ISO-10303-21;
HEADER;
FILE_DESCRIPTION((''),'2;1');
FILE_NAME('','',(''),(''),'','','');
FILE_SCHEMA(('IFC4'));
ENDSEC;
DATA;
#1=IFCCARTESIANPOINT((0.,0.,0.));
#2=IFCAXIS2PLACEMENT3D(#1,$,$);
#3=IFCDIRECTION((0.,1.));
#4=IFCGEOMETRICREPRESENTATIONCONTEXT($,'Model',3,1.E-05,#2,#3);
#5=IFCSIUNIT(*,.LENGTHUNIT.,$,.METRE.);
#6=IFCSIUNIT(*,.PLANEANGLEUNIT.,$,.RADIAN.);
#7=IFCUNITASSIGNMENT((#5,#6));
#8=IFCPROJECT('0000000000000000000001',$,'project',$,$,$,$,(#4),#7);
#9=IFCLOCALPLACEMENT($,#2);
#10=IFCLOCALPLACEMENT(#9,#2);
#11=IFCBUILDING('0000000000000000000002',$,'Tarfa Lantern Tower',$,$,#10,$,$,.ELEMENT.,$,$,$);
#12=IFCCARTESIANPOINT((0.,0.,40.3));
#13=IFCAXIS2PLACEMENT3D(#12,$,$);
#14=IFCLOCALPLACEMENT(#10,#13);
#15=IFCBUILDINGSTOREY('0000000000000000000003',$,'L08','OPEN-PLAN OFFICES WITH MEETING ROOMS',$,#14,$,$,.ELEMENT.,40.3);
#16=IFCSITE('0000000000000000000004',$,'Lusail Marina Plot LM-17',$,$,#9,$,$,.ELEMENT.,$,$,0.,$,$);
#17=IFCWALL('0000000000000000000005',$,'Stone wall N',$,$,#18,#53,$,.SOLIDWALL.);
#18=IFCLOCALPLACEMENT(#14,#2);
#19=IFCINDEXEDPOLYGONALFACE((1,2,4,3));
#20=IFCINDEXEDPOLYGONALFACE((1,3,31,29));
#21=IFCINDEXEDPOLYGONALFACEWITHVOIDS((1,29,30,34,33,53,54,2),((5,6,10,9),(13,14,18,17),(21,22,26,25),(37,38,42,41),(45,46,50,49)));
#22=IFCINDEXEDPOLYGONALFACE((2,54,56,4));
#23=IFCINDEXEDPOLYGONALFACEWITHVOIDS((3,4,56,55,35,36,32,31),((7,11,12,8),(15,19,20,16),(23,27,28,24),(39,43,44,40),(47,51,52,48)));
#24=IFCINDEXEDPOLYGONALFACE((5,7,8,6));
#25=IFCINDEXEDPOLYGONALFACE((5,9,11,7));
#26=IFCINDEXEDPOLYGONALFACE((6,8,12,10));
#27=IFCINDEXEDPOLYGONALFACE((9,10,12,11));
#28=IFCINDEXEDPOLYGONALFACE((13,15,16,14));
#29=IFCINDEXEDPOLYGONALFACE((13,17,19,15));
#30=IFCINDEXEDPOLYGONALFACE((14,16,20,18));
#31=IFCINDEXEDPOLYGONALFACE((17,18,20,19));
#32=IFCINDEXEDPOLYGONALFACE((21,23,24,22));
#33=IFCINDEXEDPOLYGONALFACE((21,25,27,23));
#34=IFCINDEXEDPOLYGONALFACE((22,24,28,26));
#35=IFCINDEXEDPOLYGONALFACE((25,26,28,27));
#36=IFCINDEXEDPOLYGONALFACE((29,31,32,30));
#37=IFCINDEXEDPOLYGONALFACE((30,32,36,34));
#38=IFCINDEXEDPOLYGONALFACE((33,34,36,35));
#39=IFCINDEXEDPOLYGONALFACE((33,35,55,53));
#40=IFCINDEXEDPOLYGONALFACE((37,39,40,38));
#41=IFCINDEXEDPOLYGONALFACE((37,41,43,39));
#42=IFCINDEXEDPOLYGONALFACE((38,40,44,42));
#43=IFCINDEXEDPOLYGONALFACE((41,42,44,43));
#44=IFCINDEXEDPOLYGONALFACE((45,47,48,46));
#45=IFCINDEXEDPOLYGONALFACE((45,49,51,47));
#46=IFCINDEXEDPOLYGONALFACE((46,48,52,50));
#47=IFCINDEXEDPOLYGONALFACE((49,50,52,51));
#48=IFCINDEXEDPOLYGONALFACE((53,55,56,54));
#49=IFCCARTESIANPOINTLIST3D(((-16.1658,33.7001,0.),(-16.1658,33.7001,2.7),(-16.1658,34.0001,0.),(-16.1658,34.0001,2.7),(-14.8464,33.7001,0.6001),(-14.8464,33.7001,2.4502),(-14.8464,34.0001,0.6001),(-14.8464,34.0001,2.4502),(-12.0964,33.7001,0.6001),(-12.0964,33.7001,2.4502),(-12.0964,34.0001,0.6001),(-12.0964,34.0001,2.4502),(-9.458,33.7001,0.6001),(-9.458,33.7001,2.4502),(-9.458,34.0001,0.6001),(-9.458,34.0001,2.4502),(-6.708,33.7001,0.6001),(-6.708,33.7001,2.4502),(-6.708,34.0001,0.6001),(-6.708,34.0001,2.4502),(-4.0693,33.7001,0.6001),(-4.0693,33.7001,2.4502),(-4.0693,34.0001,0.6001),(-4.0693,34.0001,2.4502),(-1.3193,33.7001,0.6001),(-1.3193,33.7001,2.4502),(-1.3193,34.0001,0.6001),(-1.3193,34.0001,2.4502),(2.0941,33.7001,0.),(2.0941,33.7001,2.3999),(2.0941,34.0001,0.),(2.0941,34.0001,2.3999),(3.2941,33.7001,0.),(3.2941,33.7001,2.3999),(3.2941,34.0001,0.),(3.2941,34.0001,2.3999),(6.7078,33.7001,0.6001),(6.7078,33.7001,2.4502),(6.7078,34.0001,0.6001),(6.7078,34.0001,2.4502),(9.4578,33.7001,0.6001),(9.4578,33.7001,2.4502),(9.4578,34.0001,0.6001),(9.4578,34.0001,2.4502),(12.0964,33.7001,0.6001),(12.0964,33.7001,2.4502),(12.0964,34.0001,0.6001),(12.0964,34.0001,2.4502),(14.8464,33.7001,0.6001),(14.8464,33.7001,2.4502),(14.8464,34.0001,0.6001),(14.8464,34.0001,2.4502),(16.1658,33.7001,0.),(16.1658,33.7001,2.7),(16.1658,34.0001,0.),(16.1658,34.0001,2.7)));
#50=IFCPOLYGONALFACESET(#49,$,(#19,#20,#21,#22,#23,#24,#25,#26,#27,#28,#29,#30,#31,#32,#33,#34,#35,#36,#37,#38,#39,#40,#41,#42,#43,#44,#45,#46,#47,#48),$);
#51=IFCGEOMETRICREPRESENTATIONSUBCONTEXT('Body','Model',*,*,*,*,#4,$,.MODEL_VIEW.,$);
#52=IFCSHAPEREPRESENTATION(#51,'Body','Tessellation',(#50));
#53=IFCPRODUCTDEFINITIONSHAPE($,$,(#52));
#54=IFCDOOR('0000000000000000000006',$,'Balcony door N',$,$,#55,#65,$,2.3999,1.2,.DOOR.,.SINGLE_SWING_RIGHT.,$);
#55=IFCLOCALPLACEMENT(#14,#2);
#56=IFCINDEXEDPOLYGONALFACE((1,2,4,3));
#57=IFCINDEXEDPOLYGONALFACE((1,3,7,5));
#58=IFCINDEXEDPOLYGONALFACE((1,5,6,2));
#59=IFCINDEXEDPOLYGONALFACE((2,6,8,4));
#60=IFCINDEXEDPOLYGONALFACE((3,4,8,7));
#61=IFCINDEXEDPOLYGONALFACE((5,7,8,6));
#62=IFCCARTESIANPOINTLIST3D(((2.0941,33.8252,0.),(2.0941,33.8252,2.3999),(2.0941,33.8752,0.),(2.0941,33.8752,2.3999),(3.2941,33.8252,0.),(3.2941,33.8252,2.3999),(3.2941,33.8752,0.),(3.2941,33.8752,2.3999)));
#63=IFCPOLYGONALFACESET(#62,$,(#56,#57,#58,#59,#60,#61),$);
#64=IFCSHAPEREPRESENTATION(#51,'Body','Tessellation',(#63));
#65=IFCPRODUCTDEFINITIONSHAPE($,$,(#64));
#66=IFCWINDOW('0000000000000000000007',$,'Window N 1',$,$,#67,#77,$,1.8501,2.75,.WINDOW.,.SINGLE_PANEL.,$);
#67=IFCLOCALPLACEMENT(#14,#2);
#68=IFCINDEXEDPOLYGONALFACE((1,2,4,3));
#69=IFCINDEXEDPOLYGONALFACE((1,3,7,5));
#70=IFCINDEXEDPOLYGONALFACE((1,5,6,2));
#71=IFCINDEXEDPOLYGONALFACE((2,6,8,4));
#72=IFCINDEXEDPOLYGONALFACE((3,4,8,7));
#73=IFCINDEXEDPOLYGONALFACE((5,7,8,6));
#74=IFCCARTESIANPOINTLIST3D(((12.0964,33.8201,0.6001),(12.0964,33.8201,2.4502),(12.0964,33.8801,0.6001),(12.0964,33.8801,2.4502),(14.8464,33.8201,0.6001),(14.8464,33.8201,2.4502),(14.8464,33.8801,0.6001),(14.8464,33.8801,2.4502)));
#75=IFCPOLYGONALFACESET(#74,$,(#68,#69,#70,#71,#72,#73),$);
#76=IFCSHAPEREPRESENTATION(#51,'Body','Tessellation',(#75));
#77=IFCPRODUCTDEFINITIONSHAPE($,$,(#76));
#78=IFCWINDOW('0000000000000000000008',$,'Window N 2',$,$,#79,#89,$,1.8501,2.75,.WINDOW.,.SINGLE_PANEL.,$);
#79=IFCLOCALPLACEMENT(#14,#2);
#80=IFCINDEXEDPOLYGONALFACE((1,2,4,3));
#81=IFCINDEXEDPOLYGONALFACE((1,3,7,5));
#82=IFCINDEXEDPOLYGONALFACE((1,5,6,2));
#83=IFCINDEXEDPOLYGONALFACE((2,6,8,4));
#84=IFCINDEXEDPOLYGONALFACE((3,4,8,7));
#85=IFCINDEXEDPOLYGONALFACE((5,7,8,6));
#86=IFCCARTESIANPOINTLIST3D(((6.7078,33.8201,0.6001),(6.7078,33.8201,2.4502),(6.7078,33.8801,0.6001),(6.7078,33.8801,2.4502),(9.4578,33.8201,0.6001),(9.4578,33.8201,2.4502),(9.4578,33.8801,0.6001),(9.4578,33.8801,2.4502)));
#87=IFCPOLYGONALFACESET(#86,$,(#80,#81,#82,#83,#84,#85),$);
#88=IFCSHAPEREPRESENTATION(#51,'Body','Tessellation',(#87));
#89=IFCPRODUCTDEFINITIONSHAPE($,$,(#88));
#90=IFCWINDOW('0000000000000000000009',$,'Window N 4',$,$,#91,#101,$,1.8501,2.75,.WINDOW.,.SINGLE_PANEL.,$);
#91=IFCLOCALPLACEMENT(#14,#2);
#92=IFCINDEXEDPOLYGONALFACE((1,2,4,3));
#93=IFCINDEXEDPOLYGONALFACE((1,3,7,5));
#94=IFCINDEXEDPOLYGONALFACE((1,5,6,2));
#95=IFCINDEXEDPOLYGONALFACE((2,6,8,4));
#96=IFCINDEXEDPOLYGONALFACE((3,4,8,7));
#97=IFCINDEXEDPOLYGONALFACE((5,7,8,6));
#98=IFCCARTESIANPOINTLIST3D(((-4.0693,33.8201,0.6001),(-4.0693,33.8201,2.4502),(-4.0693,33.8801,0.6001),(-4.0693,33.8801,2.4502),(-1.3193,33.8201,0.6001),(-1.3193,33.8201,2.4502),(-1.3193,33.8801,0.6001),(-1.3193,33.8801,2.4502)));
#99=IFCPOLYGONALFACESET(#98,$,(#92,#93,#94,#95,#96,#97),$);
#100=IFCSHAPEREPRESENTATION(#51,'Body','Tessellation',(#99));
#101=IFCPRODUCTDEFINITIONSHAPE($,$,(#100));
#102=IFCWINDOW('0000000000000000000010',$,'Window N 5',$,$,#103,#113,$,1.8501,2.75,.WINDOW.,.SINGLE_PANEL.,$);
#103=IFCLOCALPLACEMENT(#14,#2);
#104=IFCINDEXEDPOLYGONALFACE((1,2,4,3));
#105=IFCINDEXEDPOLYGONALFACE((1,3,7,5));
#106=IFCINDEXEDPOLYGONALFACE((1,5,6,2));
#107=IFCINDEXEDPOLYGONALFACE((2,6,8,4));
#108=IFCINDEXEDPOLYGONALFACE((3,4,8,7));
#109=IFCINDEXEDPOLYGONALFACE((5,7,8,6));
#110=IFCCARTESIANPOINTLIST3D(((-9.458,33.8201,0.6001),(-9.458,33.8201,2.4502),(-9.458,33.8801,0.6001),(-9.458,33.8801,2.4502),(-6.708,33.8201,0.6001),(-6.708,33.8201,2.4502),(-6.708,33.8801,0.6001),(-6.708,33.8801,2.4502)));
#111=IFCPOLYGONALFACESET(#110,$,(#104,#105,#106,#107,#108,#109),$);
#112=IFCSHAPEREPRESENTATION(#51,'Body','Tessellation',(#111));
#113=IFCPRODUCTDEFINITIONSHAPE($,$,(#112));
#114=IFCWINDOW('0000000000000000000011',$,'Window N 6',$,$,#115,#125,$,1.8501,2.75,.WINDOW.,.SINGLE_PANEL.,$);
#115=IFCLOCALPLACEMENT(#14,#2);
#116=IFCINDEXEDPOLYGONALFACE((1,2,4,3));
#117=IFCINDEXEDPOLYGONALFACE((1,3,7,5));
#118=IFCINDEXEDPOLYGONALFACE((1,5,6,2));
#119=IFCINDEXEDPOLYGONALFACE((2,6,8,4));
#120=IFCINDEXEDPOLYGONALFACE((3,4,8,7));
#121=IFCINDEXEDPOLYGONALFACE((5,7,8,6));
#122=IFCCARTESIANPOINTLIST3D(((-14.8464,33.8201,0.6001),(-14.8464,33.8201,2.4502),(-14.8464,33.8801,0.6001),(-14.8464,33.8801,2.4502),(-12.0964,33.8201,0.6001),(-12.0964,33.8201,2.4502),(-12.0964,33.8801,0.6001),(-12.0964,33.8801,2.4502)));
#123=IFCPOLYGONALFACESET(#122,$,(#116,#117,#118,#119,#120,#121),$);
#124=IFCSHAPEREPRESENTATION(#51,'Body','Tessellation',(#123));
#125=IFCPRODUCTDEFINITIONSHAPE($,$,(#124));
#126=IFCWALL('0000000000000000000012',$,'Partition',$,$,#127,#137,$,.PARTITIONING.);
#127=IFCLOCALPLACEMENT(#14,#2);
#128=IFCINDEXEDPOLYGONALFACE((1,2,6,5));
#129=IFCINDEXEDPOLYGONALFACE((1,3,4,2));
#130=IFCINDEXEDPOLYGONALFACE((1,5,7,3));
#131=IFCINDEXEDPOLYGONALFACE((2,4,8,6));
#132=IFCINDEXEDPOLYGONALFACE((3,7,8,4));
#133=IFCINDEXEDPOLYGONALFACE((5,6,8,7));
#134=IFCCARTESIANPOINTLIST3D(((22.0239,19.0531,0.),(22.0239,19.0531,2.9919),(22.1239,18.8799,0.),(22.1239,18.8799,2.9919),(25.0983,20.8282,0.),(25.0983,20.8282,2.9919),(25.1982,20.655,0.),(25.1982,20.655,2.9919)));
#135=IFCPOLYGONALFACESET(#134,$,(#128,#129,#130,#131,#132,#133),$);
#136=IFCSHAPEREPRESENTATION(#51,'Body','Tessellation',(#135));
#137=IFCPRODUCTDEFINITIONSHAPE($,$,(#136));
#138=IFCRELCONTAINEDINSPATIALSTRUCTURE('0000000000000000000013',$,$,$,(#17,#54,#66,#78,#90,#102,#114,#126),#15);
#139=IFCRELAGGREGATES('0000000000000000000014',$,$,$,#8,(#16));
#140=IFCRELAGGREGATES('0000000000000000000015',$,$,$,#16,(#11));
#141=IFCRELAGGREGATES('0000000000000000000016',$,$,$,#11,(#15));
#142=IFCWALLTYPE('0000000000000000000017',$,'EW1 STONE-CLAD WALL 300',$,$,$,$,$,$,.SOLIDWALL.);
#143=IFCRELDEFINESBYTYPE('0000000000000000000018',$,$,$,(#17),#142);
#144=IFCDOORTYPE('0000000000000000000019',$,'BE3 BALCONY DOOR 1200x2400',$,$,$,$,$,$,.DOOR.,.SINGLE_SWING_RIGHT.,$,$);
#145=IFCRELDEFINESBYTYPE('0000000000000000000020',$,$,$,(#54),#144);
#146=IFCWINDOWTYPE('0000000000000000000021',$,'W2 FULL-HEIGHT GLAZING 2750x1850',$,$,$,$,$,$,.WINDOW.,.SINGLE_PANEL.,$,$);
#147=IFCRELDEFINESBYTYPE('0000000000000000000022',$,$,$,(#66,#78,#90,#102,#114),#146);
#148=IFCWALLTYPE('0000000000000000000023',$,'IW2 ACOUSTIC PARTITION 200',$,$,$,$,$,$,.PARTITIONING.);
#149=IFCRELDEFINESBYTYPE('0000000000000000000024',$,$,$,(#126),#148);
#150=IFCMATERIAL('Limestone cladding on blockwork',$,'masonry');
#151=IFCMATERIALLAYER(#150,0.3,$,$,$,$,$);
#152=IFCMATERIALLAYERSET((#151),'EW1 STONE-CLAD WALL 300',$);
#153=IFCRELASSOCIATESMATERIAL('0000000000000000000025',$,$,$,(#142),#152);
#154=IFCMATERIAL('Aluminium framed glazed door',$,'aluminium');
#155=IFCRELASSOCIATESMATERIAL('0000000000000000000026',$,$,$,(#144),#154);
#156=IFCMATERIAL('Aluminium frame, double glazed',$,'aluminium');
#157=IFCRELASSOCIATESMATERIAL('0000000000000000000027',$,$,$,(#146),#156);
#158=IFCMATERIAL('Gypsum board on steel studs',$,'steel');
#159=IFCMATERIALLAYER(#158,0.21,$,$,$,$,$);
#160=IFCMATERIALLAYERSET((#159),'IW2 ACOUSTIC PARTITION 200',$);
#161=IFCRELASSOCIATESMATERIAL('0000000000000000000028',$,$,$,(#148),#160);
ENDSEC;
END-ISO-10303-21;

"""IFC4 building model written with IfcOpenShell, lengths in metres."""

from ifc_helpers import new_model, si_unit, direction, frame, frame_2d, origin, place, context, subcontext, project, spatial, rectangle, extrude, material, layer, layer_set, type_object, element, fill, save


model = new_model("IFC4")

# Units and contexts
model_context = context("Model", 3, precision=1e-05, world=origin(), true_north=direction((0.0, 1.0)))
body_context = subcontext(model_context, "Body", "Model", "MODEL_VIEW")
ifc_project = project(units=[si_unit("LENGTHUNIT", "METRE"), si_unit("PLANEANGLEUNIT", "RADIAN")], contexts=[model_context])

# Site, building, storey
site_placement = place(None, origin())
site = spatial("IfcSite", under=ifc_project, at=site_placement, Name="Lusail Marina Plot LM-17", CompositionType="ELEMENT", RefElevation=0.0)
building_placement = place(site_placement, origin())
building = spatial("IfcBuilding", under=site, at=building_placement, Name="Tarfa Lantern Tower", CompositionType="ELEMENT")
storey_placement = place(building_placement, frame((0.0, 0.0, 40.3)))
storey = spatial("IfcBuildingStorey", under=building, at=storey_placement, Name="L08", Description="OPEN-PLAN OFFICES WITH MEETING ROOMS", CompositionType="ELEMENT", Elevation=40.3)

# Wall, openings, door, windows
ifc_material_1 = material(Name="Limestone cladding on blockwork", Category="masonry")
ifc_layer_1 = layer(ifc_material_1, 0.3)
ifc_layer_set_1 = layer_set([ifc_layer_1], Name="EW1 STONE-CLAD WALL 300")
wall_type_1 = type_object("IfcWallType", Name="EW1 STONE-CLAD WALL 300", PredefinedType="SOLIDWALL", material=ifc_layer_set_1)
wall_1_placement = place(storey_placement, frame((16.1658, 33.8501, 0.0), z_axis=(0.0, 0.0, 1.0), x_axis=(-1.0, 0.0, 0.0)))
wall_1 = element("IfcWall", 1, at=wall_1_placement, inside=storey, type_object=wall_type_1, Name="Stone wall N", PredefinedType="SOLIDWALL", context=body_context, shape_type="SweptSolid", body=[
    extrude(rectangle(XDim=32.3315, YDim=0.3, at=frame_2d((16.1658, 0.0))), origin(), (0.0, 0.0, 1.0), 2.7),
])
opening_1_placement = place(wall_1_placement, frame((1.3193, 0.0, 0.6001)))
opening_1 = element("IfcOpeningElement", 2, at=opening_1_placement, cuts=wall_1, PredefinedType="OPENING", context=body_context, shape_type="SweptSolid", body=[
    extrude(rectangle(XDim=2.75, YDim=1.8501, at=frame_2d((1.375, 0.925))), frame((0.0, 0.1599, 0.0), z_axis=(0.0, -1.0, 0.0), x_axis=(1.0, 0.0, 0.0)), (0.0, 0.0, 1.0), 0.3201),
])
opening_2_placement = place(wall_1_placement, frame((6.708, 0.0, 0.6001)))
opening_2 = element("IfcOpeningElement", 3, at=opening_2_placement, cuts=wall_1, PredefinedType="OPENING", context=body_context, shape_type="SweptSolid", body=[
    extrude(rectangle(XDim=2.75, YDim=1.8501, at=frame_2d((1.375, 0.925))), frame((0.0, 0.1599, 0.0), z_axis=(0.0, -1.0, 0.0), x_axis=(1.0, 0.0, 0.0)), (0.0, 0.0, 1.0), 0.3201),
])
opening_3_placement = place(wall_1_placement, frame((12.8716, 0.0, 0.0)))
opening_3 = element("IfcOpeningElement", 4, at=opening_3_placement, cuts=wall_1, PredefinedType="OPENING", context=body_context, shape_type="SweptSolid", body=[
    extrude(rectangle(XDim=1.2, YDim=2.3999, at=frame_2d((0.6001, 1.2))), frame((0.0, 0.1599, 0.0), z_axis=(0.0, -1.0, 0.0), x_axis=(1.0, 0.0, 0.0)), (0.0, 0.0, 1.0), 0.3201),
])
opening_4_placement = place(wall_1_placement, frame((17.4851, 0.0, 0.6001)))
opening_4 = element("IfcOpeningElement", 5, at=opening_4_placement, cuts=wall_1, PredefinedType="OPENING", context=body_context, shape_type="SweptSolid", body=[
    extrude(rectangle(XDim=2.75, YDim=1.8501, at=frame_2d((1.375, 0.925))), frame((0.0, 0.1599, 0.0), z_axis=(0.0, -1.0, 0.0), x_axis=(1.0, 0.0, 0.0)), (0.0, 0.0, 1.0), 0.3201),
])
opening_5_placement = place(wall_1_placement, frame((22.8738, 0.0, 0.6001)))
opening_5 = element("IfcOpeningElement", 6, at=opening_5_placement, cuts=wall_1, PredefinedType="OPENING", context=body_context, shape_type="SweptSolid", body=[
    extrude(rectangle(XDim=2.75, YDim=1.8501, at=frame_2d((1.375, 0.925))), frame((0.0, 0.1599, 0.0), z_axis=(0.0, -1.0, 0.0), x_axis=(1.0, 0.0, 0.0)), (0.0, 0.0, 1.0), 0.3201),
])
opening_6_placement = place(wall_1_placement, frame((28.2622, 0.0, 0.6001)))
opening_6 = element("IfcOpeningElement", 7, at=opening_6_placement, cuts=wall_1, PredefinedType="OPENING", context=body_context, shape_type="SweptSolid", body=[
    extrude(rectangle(XDim=2.75, YDim=1.8501, at=frame_2d((1.375, 0.925))), frame((0.0, 0.1599, 0.0), z_axis=(0.0, -1.0, 0.0), x_axis=(1.0, 0.0, 0.0)), (0.0, 0.0, 1.0), 0.3201),
])
ifc_material_2 = material(Name="Aluminium framed glazed door", Category="aluminium")
door_type = type_object("IfcDoorType", Name="BE3 BALCONY DOOR 1200x2400", OperationType="SINGLE_SWING_RIGHT", PredefinedType="DOOR", material=ifc_material_2)
door_placement = place(opening_3_placement, origin())
door = element("IfcDoor", 8, at=door_placement, inside=storey, type_object=door_type, Name="Balcony door N", OperationType="SINGLE_SWING_RIGHT", OverallHeight=2.3999, OverallWidth=1.2, PredefinedType="DOOR", context=body_context, shape_type="SweptSolid", body=[
    extrude(rectangle(XDim=1.2, YDim=2.3999, at=frame_2d((0.6001, 1.2))), frame((0.0, 0.0249, 0.0), z_axis=(0.0, -1.0, 0.0), x_axis=(1.0, 0.0, 0.0)), (0.0, 0.0, 1.0), 0.05),
])
fill(opening_3, door)
ifc_material_3 = material(Name="Aluminium frame, double glazed", Category="aluminium")
window_type = type_object("IfcWindowType", Name="W2 FULL-HEIGHT GLAZING 2750x1850", PartitioningType="SINGLE_PANEL", PredefinedType="WINDOW", material=ifc_material_3)
window_1_placement = place(opening_1_placement, origin())
window_1 = element("IfcWindow", 9, at=window_1_placement, inside=storey, type_object=window_type, Name="Window N 1", OverallHeight=1.8501, OverallWidth=2.75, PartitioningType="SINGLE_PANEL", PredefinedType="WINDOW", context=body_context, shape_type="SweptSolid", body=[
    extrude(rectangle(XDim=2.75, YDim=1.8501, at=frame_2d((1.375, 0.925))), frame((0.0, 0.03, 0.0), z_axis=(0.0, -1.0, 0.0), x_axis=(1.0, 0.0, 0.0)), (0.0, 0.0, 1.0), 0.0601),
])
fill(opening_1, window_1)
window_2_placement = place(opening_2_placement, origin())
window_2 = element("IfcWindow", 10, at=window_2_placement, inside=storey, type_object=window_type, Name="Window N 2", OverallHeight=1.8501, OverallWidth=2.75, PartitioningType="SINGLE_PANEL", PredefinedType="WINDOW", context=body_context, shape_type="SweptSolid", body=[
    extrude(rectangle(XDim=2.75, YDim=1.8501, at=frame_2d((1.375, 0.925))), frame((0.0, 0.03, 0.0), z_axis=(0.0, -1.0, 0.0), x_axis=(1.0, 0.0, 0.0)), (0.0, 0.0, 1.0), 0.0601),
])
fill(opening_2, window_2)
window_3_placement = place(opening_4_placement, origin())
window_3 = element("IfcWindow", 11, at=window_3_placement, inside=storey, type_object=window_type, Name="Window N 4", OverallHeight=1.8501, OverallWidth=2.75, PartitioningType="SINGLE_PANEL", PredefinedType="WINDOW", context=body_context, shape_type="SweptSolid", body=[
    extrude(rectangle(XDim=2.75, YDim=1.8501, at=frame_2d((1.375, 0.925))), frame((0.0, 0.03, 0.0), z_axis=(0.0, -1.0, 0.0), x_axis=(1.0, 0.0, 0.0)), (0.0, 0.0, 1.0), 0.0601),
])
fill(opening_4, window_3)
window_4_placement = place(opening_5_placement, origin())
window_4 = element("IfcWindow", 12, at=window_4_placement, inside=storey, type_object=window_type, Name="Window N 5", OverallHeight=1.8501, OverallWidth=2.75, PartitioningType="SINGLE_PANEL", PredefinedType="WINDOW", context=body_context, shape_type="SweptSolid", body=[
    extrude(rectangle(XDim=2.75, YDim=1.8501, at=frame_2d((1.375, 0.925))), frame((0.0, 0.03, 0.0), z_axis=(0.0, -1.0, 0.0), x_axis=(1.0, 0.0, 0.0)), (0.0, 0.0, 1.0), 0.0601),
])
fill(opening_5, window_4)
window_5_placement = place(opening_6_placement, origin())
window_5 = element("IfcWindow", 13, at=window_5_placement, inside=storey, type_object=window_type, Name="Window N 6", OverallHeight=1.8501, OverallWidth=2.75, PartitioningType="SINGLE_PANEL", PredefinedType="WINDOW", context=body_context, shape_type="SweptSolid", body=[
    extrude(rectangle(XDim=2.75, YDim=1.8501, at=frame_2d((1.375, 0.925))), frame((0.0, 0.03, 0.0), z_axis=(0.0, -1.0, 0.0), x_axis=(1.0, 0.0, 0.0)), (0.0, 0.0, 1.0), 0.0601),
])
fill(opening_6, window_5)

# Wall
ifc_material_4 = material(Name="Gypsum board on steel studs", Category="steel")
ifc_layer_2 = layer(ifc_material_4, 0.21)
ifc_layer_set_2 = layer_set([ifc_layer_2], Name="IW2 ACOUSTIC PARTITION 200")
wall_type_2 = type_object("IfcWallType", Name="IW2 ACOUSTIC PARTITION 200", PredefinedType="PARTITIONING", material=ifc_layer_set_2)
wall_2_placement = place(storey_placement, frame((22.074, 18.9666, 0.0), z_axis=(0.0, 0.0, 1.0), x_axis=(0.866013, 0.500022, 0.0)))
element("IfcWall", 14, at=wall_2_placement, inside=storey, type_object=wall_type_2, Name="Partition", PredefinedType="PARTITIONING", context=body_context, shape_type="SweptSolid", body=[
    extrude(rectangle(XDim=3.55, YDim=0.2, at=frame_2d((1.7749, 0.0))), origin(), (0.0, 0.0, 1.0), 2.9919),
])

save(model, "model.ifc")
